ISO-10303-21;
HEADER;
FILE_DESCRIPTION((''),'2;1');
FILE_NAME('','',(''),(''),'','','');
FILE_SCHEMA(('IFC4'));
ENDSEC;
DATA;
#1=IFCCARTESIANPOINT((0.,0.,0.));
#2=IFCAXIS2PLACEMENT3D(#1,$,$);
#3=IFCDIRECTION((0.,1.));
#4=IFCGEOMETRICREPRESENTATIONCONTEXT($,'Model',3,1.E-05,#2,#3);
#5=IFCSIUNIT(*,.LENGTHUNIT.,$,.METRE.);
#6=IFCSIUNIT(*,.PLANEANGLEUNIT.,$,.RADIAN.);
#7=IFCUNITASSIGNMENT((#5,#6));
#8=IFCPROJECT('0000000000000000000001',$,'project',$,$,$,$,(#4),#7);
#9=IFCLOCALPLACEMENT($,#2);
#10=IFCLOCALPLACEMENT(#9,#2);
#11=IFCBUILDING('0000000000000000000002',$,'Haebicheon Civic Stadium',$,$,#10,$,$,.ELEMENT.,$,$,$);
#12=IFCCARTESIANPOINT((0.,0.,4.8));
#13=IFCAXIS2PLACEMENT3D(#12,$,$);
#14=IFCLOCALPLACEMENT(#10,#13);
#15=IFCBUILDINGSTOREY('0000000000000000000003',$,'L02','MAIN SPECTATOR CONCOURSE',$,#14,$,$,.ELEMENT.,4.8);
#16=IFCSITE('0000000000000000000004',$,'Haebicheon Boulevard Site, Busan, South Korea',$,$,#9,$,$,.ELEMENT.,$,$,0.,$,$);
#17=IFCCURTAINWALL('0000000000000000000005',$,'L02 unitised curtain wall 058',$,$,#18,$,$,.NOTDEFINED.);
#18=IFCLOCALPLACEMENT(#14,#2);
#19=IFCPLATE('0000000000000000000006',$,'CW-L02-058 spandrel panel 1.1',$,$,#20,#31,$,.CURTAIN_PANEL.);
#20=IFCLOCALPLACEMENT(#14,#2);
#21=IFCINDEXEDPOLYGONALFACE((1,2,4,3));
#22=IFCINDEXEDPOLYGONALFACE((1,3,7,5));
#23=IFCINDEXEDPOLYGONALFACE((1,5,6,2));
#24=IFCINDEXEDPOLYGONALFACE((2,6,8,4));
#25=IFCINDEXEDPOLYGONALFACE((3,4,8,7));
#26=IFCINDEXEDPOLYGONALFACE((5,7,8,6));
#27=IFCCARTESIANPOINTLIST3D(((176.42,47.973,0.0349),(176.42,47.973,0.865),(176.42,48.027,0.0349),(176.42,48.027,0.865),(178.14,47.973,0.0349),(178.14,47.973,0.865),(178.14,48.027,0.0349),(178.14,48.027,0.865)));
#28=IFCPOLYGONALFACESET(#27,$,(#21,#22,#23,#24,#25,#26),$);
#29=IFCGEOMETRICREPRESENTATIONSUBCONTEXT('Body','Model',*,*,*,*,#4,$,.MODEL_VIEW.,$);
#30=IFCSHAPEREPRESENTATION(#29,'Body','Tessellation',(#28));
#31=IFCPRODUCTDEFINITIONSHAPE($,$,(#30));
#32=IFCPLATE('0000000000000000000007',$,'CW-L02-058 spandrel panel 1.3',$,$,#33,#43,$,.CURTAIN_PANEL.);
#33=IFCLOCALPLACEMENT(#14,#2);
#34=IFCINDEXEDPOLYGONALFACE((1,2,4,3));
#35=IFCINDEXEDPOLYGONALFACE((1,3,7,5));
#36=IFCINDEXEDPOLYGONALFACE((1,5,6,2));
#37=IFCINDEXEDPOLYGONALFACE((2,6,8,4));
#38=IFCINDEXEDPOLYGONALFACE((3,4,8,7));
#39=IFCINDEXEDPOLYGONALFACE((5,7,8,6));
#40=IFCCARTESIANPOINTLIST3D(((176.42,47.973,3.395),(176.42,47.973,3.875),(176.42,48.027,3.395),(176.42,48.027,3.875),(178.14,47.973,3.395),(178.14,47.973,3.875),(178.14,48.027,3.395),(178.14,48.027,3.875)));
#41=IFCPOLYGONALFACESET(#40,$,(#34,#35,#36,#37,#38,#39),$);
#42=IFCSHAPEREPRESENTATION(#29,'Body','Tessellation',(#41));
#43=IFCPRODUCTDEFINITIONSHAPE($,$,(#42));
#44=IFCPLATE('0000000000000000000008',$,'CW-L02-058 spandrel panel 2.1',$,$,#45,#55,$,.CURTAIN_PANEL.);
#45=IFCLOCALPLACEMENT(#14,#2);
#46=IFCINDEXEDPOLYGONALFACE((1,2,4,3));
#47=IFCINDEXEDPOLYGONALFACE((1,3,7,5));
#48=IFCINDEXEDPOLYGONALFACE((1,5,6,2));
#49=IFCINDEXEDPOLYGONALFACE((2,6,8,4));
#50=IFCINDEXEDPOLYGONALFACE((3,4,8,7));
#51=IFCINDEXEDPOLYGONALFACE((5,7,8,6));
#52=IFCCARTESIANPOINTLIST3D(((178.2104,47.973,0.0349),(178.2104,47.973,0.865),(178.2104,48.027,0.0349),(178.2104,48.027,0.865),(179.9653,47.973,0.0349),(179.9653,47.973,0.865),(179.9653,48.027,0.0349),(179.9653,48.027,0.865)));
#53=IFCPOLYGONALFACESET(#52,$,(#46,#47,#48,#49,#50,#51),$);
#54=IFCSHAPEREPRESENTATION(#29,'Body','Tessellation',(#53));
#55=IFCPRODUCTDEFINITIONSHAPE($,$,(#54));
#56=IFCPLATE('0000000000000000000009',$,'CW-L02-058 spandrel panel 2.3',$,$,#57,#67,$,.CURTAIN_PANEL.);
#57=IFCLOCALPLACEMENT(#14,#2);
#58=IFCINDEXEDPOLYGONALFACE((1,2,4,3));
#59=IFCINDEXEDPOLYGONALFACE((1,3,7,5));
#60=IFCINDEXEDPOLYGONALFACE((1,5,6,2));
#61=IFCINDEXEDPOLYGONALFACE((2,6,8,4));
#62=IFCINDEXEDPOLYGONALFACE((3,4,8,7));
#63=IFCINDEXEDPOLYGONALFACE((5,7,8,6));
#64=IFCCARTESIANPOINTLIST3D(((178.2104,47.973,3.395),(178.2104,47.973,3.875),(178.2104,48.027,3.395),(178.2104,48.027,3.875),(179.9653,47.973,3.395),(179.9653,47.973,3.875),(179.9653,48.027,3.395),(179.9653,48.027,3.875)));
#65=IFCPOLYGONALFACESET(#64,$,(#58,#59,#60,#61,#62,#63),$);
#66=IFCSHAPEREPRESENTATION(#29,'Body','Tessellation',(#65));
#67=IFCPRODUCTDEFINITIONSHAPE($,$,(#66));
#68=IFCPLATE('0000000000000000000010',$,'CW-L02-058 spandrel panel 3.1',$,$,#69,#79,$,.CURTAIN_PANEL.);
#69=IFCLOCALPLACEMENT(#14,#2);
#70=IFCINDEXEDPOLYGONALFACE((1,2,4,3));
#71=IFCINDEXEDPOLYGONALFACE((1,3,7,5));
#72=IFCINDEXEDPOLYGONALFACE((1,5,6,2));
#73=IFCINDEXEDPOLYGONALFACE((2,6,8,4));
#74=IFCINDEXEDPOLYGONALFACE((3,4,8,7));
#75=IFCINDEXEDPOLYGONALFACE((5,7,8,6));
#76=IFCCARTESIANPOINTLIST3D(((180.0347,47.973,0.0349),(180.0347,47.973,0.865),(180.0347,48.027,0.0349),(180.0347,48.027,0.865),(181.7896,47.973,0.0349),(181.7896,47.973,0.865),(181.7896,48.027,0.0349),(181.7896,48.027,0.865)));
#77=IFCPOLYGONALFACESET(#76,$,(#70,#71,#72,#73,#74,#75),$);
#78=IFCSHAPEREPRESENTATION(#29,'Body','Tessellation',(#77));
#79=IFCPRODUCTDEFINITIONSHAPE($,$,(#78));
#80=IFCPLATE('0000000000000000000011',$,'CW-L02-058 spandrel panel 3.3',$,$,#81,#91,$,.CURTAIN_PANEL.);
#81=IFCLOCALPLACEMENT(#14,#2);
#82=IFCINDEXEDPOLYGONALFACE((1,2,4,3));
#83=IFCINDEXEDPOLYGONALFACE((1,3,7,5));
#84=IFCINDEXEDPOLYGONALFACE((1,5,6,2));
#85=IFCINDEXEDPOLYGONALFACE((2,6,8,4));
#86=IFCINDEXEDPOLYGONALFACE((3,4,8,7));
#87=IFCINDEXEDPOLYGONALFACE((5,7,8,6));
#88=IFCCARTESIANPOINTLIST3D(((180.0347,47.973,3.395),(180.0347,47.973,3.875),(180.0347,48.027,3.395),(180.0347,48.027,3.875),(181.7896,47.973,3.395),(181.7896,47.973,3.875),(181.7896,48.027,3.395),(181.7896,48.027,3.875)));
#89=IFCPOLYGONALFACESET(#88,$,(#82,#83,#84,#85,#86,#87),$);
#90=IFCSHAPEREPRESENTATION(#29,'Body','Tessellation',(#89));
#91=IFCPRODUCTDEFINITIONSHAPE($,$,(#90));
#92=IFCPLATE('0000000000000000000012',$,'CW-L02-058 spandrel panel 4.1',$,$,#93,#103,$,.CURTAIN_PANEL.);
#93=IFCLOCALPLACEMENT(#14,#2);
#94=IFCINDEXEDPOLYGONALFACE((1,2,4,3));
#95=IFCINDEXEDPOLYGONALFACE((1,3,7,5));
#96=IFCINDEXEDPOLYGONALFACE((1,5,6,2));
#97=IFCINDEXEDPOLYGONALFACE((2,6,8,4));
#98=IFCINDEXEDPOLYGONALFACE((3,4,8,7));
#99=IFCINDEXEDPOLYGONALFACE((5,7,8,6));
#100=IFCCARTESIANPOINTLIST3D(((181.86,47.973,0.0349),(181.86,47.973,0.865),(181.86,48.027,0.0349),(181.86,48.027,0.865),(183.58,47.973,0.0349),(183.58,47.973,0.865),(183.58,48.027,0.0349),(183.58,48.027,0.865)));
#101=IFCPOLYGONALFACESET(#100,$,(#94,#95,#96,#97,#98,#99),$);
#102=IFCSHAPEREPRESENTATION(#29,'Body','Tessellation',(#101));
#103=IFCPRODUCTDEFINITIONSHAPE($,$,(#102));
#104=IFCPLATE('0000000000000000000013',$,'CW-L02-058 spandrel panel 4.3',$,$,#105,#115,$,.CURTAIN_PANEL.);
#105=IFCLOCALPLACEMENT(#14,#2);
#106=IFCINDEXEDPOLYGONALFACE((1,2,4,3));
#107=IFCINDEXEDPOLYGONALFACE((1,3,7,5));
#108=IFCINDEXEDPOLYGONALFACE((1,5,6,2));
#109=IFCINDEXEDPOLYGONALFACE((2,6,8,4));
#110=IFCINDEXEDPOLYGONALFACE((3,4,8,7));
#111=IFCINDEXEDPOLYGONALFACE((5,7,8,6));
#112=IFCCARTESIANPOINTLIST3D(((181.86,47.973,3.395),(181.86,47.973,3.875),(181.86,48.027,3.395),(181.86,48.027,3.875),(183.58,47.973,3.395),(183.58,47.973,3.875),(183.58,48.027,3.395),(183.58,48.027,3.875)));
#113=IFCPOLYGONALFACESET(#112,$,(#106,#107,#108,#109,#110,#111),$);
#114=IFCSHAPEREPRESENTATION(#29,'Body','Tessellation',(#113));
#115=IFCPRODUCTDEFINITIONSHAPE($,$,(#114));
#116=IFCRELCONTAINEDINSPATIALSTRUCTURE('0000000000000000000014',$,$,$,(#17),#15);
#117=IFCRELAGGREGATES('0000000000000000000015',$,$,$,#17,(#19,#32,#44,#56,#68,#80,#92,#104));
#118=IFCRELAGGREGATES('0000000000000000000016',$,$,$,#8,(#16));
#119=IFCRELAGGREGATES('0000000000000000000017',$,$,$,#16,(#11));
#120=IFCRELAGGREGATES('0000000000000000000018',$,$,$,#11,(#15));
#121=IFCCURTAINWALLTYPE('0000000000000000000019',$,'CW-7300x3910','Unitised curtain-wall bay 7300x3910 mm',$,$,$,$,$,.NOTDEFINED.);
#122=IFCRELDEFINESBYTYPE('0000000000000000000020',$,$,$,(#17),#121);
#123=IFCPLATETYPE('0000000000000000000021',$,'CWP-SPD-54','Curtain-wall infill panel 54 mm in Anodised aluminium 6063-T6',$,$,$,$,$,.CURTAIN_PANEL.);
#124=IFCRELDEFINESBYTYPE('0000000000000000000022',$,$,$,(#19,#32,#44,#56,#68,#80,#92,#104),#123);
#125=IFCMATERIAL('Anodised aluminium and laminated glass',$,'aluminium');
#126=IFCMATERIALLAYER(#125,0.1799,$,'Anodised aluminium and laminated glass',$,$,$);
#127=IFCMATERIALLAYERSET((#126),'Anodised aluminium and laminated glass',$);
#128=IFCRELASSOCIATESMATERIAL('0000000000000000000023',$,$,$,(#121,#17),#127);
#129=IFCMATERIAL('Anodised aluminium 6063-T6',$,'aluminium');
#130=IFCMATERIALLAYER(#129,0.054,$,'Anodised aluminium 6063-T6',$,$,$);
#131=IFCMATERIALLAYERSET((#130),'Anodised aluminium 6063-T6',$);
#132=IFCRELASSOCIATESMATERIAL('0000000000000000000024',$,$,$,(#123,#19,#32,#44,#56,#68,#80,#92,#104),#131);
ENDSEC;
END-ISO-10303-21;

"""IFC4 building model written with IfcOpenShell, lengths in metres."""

from ifc_helpers import new_model, si_unit, direction, frame, origin, origin_2d, place, context, subcontext, project, spatial, rectangle, extrude, material, layer, layer_set, type_object, element, aggregate, save


model = new_model("IFC4")

# Units and contexts
model_context = context("Model", 3, precision=1e-05, world=origin(), true_north=direction((0.0, 1.0)))
body_context = subcontext(model_context, "Body", "Model", "MODEL_VIEW")
ifc_project = project(units=[si_unit("LENGTHUNIT", "METRE"), si_unit("PLANEANGLEUNIT", "RADIAN")], contexts=[model_context])

# Site, building, storey
site_placement = place(None, origin())
site = spatial("IfcSite", under=ifc_project, at=site_placement, Name="Haebicheon Boulevard Site, Busan, South Korea", CompositionType="ELEMENT", RefElevation=0.0)
building_placement = place(site_placement, origin())
building = spatial("IfcBuilding", under=site, at=building_placement, Name="Haebicheon Civic Stadium", CompositionType="ELEMENT")
storey_placement = place(building_placement, frame((0.0, 0.0, 4.8)))
storey = spatial("IfcBuildingStorey", under=building, at=storey_placement, Name="L02", Description="MAIN SPECTATOR CONCOURSE", CompositionType="ELEMENT", Elevation=4.8)

# Curtain wall
ifc_material_1 = material(Name="Anodised aluminium and laminated glass", Category="aluminium")
ifc_layer_1 = layer(ifc_material_1, 0.1799, Name="Anodised aluminium and laminated glass")
ifc_layer_set_1 = layer_set([ifc_layer_1], Name="Anodised aluminium and laminated glass")
curtain_wall_type = type_object("IfcCurtainWallType", Name="CW-7300x3910", Description="Unitised curtain-wall bay 7300x3910 mm", PredefinedType="NOTDEFINED", material=ifc_layer_set_1)
curtain_wall_placement = place(storey_placement, origin())
curtain_wall = element("IfcCurtainWall", 1, at=curtain_wall_placement, inside=storey, type_object=curtain_wall_type, material=ifc_layer_set_1, Name="L02 unitised curtain wall 058", PredefinedType="NOTDEFINED")

# Plates
ifc_material_2 = material(Name="Anodised aluminium 6063-T6", Category="aluminium")
ifc_layer_2 = layer(ifc_material_2, 0.054, Name="Anodised aluminium 6063-T6")
ifc_layer_set_2 = layer_set([ifc_layer_2], Name="Anodised aluminium 6063-T6")
plate_type_1 = type_object("IfcPlateType", Name="CWP-SPD-54", Description="Curtain-wall infill panel 54 mm in Anodised aluminium 6063-T6", PredefinedType="CURTAIN_PANEL", material=ifc_layer_set_2)
plate_1_placement = place(storey_placement, frame((177.28, 48.0, 0.0349), z_axis=(0.0, 0.0, 1.0), x_axis=(1.0, 0.0, 0.0)))
plate_1 = element("IfcPlate", 2, at=plate_1_placement, type_object=plate_type_1, material=ifc_layer_set_2, Name="CW-L02-058 spandrel panel 1.1", PredefinedType="CURTAIN_PANEL", context=body_context, shape_type="SweptSolid", body=[
    extrude(rectangle(XDim=1.72, YDim=0.054, at=origin_2d()), origin(), (0.0, 0.0, 1.0), 0.8301),
])
plate_2_placement = place(storey_placement, frame((177.28, 48.0, 3.395), z_axis=(0.0, 0.0, 1.0), x_axis=(1.0, 0.0, 0.0)))
plate_2 = element("IfcPlate", 3, at=plate_2_placement, type_object=plate_type_1, material=ifc_layer_set_2, Name="CW-L02-058 spandrel panel 1.3", PredefinedType="CURTAIN_PANEL", context=body_context, shape_type="SweptSolid", body=[
    extrude(rectangle(XDim=1.72, YDim=0.054, at=origin_2d()), origin(), (0.0, 0.0, 1.0), 0.48),
])
plate_3_placement = place(storey_placement, frame((179.0879, 48.0, 0.0349), z_axis=(0.0, 0.0, 1.0), x_axis=(1.0, 0.0, 0.0)))
plate_3 = element("IfcPlate", 4, at=plate_3_placement, type_object=plate_type_1, material=ifc_layer_set_2, Name="CW-L02-058 spandrel panel 2.1", PredefinedType="CURTAIN_PANEL", context=body_context, shape_type="SweptSolid", body=[
    extrude(rectangle(XDim=1.7549, YDim=0.054, at=origin_2d()), origin(), (0.0, 0.0, 1.0), 0.8301),
])
plate_4_placement = place(storey_placement, frame((179.0879, 48.0, 3.395), z_axis=(0.0, 0.0, 1.0), x_axis=(1.0, 0.0, 0.0)))
plate_4 = element("IfcPlate", 5, at=plate_4_placement, type_object=plate_type_1, material=ifc_layer_set_2, Name="CW-L02-058 spandrel panel 2.3", PredefinedType="CURTAIN_PANEL", context=body_context, shape_type="SweptSolid", body=[
    extrude(rectangle(XDim=1.7549, YDim=0.054, at=origin_2d()), origin(), (0.0, 0.0, 1.0), 0.48),
])
plate_5_placement = place(storey_placement, frame((180.9121, 48.0, 0.0349), z_axis=(0.0, 0.0, 1.0), x_axis=(1.0, 0.0, 0.0)))
plate_5 = element("IfcPlate", 6, at=plate_5_placement, type_object=plate_type_1, material=ifc_layer_set_2, Name="CW-L02-058 spandrel panel 3.1", PredefinedType="CURTAIN_PANEL", context=body_context, shape_type="SweptSolid", body=[
    extrude(rectangle(XDim=1.7549, YDim=0.054, at=origin_2d()), origin(), (0.0, 0.0, 1.0), 0.8301),
])
plate_6_placement = place(storey_placement, frame((180.9121, 48.0, 3.395), z_axis=(0.0, 0.0, 1.0), x_axis=(1.0, 0.0, 0.0)))
plate_6 = element("IfcPlate", 7, at=plate_6_placement, type_object=plate_type_1, material=ifc_layer_set_2, Name="CW-L02-058 spandrel panel 3.3", PredefinedType="CURTAIN_PANEL", context=body_context, shape_type="SweptSolid", body=[
    extrude(rectangle(XDim=1.7549, YDim=0.054, at=origin_2d()), origin(), (0.0, 0.0, 1.0), 0.48),
])
plate_7_placement = place(storey_placement, frame((182.72, 48.0, 0.0349), z_axis=(0.0, 0.0, 1.0), x_axis=(1.0, 0.0, 0.0)))
plate_7 = element("IfcPlate", 8, at=plate_7_placement, type_object=plate_type_1, material=ifc_layer_set_2, Name="CW-L02-058 spandrel panel 4.1", PredefinedType="CURTAIN_PANEL", context=body_context, shape_type="SweptSolid", body=[
    extrude(rectangle(XDim=1.72, YDim=0.054, at=origin_2d()), origin(), (0.0, 0.0, 1.0), 0.8301),
])
plate_8_placement = place(storey_placement, frame((182.72, 48.0, 3.395), z_axis=(0.0, 0.0, 1.0), x_axis=(1.0, 0.0, 0.0)))
plate_8 = element("IfcPlate", 9, at=plate_8_placement, type_object=plate_type_1, material=ifc_layer_set_2, Name="CW-L02-058 spandrel panel 4.3", PredefinedType="CURTAIN_PANEL", context=body_context, shape_type="SweptSolid", body=[
    extrude(rectangle(XDim=1.72, YDim=0.054, at=origin_2d()), origin(), (0.0, 0.0, 1.0), 0.48),
])
aggregate(curtain_wall, [plate_1, plate_2, plate_3, plate_4, plate_5, plate_6, plate_7, plate_8])

save(model, "model.ifc")
